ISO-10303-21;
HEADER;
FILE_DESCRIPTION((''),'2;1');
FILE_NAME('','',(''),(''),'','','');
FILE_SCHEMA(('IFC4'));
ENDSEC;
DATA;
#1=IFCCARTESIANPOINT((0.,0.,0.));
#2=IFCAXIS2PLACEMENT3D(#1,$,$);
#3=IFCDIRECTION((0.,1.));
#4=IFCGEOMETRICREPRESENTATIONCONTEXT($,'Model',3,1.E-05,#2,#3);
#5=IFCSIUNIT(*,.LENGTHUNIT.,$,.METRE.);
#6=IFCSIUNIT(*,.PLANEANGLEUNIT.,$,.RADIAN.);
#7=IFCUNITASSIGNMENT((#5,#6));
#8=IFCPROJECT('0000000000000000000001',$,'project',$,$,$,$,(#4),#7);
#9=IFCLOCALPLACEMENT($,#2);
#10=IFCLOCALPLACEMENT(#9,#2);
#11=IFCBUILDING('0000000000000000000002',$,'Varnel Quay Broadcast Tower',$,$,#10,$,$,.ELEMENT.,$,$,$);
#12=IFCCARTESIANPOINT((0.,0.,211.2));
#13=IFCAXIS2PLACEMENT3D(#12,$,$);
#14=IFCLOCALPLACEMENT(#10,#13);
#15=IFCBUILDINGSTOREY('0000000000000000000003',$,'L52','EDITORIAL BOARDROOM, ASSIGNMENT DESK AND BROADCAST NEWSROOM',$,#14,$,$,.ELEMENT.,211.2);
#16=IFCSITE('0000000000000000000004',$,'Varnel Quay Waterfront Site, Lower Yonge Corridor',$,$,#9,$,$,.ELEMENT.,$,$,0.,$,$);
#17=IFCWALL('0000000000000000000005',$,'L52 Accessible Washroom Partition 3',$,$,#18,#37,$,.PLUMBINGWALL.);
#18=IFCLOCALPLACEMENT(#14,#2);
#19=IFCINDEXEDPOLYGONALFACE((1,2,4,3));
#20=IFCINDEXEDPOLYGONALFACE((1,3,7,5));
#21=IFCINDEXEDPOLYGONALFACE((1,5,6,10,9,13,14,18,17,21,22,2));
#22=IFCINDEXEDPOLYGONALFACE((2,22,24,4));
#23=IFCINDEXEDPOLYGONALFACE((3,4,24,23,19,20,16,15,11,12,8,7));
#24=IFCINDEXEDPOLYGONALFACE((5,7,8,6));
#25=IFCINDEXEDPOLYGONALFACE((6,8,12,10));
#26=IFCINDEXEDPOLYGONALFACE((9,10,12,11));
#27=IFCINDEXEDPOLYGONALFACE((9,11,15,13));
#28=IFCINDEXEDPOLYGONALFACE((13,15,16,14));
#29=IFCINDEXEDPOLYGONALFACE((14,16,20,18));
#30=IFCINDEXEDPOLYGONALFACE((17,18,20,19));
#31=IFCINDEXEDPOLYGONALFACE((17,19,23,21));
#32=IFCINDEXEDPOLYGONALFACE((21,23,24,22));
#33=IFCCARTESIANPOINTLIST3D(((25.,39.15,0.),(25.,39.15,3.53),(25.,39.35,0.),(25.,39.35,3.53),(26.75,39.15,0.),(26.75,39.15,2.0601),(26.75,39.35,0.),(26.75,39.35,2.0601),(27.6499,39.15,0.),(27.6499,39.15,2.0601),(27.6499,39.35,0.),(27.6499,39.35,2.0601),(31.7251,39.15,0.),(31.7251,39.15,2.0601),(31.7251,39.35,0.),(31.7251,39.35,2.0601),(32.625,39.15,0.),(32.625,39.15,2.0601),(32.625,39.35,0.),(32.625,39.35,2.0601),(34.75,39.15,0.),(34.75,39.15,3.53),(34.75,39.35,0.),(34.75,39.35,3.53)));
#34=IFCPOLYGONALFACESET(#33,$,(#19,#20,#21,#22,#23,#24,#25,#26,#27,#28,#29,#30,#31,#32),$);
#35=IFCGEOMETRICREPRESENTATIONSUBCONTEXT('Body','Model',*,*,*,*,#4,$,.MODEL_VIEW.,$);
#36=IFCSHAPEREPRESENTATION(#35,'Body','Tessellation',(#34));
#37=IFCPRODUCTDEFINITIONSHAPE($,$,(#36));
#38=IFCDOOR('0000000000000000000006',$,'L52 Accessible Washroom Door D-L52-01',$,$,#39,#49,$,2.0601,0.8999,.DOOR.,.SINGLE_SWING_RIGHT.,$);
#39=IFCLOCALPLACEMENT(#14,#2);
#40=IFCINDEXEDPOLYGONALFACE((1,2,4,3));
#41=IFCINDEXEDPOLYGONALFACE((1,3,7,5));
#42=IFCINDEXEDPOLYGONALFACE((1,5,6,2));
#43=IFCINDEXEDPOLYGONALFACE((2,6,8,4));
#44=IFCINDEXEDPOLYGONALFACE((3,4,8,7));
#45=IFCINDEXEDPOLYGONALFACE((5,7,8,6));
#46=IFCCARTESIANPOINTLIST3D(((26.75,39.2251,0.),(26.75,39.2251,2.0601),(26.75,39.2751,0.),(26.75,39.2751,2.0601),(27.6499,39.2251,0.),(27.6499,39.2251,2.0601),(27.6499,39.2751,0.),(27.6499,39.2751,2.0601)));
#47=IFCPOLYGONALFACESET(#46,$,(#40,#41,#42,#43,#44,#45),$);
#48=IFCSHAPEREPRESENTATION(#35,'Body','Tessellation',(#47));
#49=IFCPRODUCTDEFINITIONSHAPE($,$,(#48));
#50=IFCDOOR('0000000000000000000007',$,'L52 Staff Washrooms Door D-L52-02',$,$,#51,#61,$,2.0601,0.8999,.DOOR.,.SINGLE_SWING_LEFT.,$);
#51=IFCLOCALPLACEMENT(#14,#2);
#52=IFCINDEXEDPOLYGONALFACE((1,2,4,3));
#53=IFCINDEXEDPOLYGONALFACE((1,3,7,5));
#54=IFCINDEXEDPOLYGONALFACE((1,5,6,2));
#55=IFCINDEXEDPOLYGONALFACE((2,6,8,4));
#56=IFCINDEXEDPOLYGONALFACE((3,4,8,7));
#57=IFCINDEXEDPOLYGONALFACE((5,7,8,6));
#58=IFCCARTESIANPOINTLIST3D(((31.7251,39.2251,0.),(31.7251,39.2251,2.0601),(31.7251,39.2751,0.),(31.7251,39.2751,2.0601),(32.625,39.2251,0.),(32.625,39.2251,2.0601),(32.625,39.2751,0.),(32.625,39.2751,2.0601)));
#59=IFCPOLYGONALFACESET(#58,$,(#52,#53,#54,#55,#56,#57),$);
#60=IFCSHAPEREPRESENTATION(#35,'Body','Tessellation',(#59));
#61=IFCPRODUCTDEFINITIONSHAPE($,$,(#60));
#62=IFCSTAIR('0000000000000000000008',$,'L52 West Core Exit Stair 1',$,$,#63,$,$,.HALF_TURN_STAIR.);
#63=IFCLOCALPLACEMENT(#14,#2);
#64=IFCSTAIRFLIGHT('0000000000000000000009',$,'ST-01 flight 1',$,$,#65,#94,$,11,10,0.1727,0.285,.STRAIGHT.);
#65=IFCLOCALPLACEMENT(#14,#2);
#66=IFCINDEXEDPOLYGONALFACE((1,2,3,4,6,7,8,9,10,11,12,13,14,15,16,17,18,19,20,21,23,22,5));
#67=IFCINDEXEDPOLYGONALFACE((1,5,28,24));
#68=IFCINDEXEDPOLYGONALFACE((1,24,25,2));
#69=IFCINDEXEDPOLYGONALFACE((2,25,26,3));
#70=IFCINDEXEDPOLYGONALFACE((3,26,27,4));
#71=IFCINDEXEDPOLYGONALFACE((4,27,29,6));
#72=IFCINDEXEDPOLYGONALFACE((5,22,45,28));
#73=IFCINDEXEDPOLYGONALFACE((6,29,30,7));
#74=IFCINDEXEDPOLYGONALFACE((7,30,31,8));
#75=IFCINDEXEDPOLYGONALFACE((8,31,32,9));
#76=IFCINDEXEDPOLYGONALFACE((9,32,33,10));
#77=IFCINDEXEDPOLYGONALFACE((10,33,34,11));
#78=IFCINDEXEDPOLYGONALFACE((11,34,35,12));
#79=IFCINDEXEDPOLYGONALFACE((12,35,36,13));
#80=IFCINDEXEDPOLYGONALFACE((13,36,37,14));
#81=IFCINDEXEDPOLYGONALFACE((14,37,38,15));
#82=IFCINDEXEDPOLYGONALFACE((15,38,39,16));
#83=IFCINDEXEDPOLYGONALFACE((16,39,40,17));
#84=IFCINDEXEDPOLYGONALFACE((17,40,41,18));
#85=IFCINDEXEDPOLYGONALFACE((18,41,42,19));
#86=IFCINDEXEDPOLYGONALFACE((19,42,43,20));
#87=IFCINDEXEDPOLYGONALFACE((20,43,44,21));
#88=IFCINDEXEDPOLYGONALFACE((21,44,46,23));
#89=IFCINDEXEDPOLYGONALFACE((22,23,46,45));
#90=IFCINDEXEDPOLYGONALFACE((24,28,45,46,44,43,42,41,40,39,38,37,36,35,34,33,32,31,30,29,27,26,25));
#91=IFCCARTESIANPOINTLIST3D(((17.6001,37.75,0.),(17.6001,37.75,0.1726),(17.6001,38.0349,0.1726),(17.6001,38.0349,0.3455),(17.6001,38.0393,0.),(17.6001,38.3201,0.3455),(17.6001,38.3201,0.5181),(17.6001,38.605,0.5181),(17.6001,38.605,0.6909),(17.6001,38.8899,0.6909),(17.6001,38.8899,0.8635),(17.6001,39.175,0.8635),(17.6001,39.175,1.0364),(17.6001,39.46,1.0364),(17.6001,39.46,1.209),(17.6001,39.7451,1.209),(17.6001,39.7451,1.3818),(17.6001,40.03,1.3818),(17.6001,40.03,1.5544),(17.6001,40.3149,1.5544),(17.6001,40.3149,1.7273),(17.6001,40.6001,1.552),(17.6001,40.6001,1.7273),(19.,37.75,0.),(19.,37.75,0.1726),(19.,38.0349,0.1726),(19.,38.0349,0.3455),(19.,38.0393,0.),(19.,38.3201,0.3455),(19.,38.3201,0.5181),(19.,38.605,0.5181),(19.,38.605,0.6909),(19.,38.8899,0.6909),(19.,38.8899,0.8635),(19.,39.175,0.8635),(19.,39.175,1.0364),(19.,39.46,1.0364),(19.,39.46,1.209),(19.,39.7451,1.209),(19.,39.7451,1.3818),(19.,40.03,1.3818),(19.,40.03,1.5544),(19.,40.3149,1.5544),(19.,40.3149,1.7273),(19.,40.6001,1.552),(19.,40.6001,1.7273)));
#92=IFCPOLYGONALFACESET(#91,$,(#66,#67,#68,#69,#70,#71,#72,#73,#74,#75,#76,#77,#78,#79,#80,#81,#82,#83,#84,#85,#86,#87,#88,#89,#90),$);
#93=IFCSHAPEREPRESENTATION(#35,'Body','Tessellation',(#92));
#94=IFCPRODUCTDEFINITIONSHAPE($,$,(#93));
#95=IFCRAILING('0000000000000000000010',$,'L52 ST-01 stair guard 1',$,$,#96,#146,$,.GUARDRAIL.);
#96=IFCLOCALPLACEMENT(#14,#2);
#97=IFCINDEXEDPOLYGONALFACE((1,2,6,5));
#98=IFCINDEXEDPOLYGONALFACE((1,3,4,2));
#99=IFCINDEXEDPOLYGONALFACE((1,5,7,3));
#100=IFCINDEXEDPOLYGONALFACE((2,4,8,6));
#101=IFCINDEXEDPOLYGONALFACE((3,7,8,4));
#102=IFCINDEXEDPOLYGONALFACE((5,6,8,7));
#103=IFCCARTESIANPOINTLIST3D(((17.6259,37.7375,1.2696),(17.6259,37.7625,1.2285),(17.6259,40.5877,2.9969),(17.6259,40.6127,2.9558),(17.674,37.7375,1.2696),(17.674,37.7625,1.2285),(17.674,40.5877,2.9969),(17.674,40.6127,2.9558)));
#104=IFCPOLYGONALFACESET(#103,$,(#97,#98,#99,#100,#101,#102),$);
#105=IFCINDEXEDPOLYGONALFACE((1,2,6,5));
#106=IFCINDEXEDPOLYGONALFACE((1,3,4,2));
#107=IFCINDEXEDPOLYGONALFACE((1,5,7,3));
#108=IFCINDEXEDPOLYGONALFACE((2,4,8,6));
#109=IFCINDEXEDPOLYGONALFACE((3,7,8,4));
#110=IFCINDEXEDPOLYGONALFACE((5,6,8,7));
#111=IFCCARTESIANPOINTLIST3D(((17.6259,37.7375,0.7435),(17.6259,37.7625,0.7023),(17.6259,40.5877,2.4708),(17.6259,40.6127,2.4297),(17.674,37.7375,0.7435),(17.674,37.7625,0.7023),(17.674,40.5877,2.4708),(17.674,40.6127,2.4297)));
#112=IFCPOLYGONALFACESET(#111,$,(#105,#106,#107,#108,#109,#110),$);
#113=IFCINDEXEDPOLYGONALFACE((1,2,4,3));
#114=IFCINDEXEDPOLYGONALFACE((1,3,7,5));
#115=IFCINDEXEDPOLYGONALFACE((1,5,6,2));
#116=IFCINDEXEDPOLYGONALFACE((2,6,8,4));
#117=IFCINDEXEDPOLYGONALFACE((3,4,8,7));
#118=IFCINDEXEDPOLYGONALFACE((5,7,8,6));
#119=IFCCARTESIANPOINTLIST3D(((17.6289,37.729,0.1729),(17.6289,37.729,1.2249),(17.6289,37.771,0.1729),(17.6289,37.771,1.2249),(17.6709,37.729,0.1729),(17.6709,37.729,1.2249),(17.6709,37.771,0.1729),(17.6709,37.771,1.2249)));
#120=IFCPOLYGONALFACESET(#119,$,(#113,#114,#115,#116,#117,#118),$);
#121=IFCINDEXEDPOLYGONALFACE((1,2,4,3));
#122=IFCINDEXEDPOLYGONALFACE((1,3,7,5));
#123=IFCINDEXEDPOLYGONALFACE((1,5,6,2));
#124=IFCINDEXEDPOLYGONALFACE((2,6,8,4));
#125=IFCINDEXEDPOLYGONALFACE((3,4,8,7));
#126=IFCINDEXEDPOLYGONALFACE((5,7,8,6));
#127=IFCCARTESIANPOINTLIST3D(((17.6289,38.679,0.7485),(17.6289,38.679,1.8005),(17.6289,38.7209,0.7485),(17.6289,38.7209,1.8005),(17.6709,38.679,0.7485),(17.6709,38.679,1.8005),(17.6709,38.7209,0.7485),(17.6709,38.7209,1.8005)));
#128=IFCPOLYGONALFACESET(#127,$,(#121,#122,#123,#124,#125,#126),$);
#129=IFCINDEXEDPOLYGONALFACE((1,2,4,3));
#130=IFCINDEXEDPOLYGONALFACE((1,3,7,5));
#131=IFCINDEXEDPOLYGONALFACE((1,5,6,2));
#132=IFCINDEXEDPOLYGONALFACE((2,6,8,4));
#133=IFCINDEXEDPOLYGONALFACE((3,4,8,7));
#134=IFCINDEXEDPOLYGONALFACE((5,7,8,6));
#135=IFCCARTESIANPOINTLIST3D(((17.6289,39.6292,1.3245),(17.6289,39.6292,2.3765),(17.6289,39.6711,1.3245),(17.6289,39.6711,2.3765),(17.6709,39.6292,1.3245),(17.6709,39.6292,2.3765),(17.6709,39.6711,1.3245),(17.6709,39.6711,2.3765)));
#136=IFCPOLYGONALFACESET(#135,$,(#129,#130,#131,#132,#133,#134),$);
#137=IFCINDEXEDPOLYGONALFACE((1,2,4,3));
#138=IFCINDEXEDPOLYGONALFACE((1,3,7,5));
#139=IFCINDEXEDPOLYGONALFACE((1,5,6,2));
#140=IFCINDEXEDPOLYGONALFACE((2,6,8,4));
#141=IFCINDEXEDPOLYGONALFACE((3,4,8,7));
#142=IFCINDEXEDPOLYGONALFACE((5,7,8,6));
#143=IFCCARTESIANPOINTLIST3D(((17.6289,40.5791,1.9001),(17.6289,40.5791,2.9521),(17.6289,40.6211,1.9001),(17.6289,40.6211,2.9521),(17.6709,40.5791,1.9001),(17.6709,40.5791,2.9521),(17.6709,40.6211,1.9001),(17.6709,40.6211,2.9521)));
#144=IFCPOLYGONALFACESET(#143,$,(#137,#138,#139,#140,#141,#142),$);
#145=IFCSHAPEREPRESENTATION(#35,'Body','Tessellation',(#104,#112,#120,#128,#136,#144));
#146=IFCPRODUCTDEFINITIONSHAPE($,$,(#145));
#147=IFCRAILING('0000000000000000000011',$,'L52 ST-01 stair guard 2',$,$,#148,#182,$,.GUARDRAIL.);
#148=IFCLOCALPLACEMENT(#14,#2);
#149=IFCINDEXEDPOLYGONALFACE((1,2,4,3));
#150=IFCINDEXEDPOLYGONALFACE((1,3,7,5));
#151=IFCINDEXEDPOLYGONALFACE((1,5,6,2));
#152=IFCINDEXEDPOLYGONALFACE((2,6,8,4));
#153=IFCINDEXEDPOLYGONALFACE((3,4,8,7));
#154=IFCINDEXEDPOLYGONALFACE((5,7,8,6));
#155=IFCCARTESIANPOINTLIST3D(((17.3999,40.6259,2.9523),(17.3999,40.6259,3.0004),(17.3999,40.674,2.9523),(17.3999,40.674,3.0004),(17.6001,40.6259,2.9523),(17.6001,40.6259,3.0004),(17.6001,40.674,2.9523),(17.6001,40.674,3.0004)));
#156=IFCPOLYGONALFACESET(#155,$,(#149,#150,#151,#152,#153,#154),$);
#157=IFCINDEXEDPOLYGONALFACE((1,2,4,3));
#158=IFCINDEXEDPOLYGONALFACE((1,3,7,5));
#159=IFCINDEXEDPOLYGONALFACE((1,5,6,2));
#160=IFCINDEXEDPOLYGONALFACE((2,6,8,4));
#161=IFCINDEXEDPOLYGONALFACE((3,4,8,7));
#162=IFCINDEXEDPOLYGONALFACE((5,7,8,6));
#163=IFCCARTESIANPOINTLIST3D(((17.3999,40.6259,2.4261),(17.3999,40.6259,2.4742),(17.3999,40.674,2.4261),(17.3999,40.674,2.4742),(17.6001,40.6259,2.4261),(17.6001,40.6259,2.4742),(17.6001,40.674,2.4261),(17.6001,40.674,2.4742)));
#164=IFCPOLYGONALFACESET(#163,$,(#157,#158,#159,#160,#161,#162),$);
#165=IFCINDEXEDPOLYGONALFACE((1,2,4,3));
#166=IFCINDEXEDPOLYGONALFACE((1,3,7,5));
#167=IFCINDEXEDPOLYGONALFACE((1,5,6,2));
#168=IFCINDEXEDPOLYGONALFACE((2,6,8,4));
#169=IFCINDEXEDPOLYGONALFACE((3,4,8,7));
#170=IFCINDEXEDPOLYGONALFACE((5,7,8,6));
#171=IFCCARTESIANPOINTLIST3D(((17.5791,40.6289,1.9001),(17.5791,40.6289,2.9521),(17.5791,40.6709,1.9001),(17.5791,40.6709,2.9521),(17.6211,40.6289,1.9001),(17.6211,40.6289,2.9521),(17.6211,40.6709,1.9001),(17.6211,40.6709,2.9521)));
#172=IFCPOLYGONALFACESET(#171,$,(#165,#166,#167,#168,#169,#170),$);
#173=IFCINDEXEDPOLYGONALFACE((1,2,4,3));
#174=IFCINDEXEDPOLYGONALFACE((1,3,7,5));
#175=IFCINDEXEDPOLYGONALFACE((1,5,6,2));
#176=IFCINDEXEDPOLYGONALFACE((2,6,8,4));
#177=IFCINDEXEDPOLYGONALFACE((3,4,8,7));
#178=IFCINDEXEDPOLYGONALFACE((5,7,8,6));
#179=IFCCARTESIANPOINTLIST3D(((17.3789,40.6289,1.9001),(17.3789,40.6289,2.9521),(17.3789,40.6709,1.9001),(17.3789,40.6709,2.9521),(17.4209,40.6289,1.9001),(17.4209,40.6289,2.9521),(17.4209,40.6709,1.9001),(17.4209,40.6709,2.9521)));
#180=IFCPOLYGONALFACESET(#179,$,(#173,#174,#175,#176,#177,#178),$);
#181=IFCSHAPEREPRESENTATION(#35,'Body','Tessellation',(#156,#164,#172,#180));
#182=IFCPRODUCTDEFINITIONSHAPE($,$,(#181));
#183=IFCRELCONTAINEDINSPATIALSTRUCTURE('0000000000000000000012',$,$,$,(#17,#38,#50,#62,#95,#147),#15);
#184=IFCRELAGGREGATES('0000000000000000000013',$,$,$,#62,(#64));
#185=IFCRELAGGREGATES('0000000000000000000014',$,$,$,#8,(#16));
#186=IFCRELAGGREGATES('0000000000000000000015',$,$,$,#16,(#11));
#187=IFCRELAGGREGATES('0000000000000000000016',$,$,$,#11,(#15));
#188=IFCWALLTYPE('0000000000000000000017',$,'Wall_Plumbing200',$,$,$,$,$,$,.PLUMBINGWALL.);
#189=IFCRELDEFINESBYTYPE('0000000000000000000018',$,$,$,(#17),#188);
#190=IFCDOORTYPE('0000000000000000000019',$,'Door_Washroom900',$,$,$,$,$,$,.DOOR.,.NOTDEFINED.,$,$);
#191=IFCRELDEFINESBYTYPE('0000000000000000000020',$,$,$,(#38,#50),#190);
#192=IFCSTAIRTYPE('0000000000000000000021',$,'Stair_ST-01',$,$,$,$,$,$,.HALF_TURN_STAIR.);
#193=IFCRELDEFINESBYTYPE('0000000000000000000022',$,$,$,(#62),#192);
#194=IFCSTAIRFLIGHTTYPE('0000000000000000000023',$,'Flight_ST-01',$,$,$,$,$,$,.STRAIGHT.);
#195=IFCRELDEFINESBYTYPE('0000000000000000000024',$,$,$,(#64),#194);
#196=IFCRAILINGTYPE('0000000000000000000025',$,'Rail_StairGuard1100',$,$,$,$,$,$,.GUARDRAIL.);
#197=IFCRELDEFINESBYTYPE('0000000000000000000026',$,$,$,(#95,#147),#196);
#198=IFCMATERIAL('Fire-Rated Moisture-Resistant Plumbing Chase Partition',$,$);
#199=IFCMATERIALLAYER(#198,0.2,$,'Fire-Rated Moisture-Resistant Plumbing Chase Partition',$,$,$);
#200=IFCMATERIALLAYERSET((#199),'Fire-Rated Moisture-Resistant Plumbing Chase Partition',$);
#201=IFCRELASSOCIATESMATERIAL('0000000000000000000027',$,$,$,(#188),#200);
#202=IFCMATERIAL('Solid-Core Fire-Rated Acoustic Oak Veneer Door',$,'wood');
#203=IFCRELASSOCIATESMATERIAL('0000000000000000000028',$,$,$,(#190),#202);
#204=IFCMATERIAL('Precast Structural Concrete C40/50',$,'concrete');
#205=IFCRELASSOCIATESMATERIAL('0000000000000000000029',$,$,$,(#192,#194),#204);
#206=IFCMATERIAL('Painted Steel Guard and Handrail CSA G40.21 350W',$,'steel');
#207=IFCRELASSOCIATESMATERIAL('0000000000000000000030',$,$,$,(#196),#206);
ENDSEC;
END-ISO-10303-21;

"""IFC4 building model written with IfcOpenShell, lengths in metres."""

from ifc_helpers import new_model, si_unit, direction, frame, frame_2d, origin, origin_2d, place, context, subcontext, project, spatial, polyline, rectangle, outline, extrude, source, transform, mapped, material, layer, layer_set, type_object, type_shapes, element, fill, aggregate, save


model = new_model("IFC4")

# Units and contexts
model_context = context("Model", 3, precision=1e-05, world=origin(), true_north=direction((0.0, 1.0)))
body_context = subcontext(model_context, "Body", "Model", "MODEL_VIEW")
ifc_project = project(units=[si_unit("LENGTHUNIT", "METRE"), si_unit("PLANEANGLEUNIT", "RADIAN")], contexts=[model_context])

# Site, building, storey
site_placement = place(None, origin())
site = spatial("IfcSite", under=ifc_project, at=site_placement, Name="Varnel Quay Waterfront Site, Lower Yonge Corridor", CompositionType="ELEMENT", RefElevation=0.0)
building_placement = place(site_placement, origin())
building = spatial("IfcBuilding", under=site, at=building_placement, Name="Varnel Quay Broadcast Tower", CompositionType="ELEMENT")
storey_placement = place(building_placement, frame((0.0, 0.0, 211.2)))
storey = spatial("IfcBuildingStorey", under=building, at=storey_placement, Name="L52", Description="EDITORIAL BOARDROOM, ASSIGNMENT DESK AND BROADCAST NEWSROOM", CompositionType="ELEMENT", Elevation=211.2)

# Wall, openings, doors
ifc_material_1 = material(Name="Solid-Core Fire-Rated Acoustic Oak Veneer Door", Category="wood")
ifc_material_2 = material(Name="Fire-Rated Moisture-Resistant Plumbing Chase Partition")
ifc_layer_1 = layer(ifc_material_2, 0.2, Name="Fire-Rated Moisture-Resistant Plumbing Chase Partition")
ifc_layer_set_1 = layer_set([ifc_layer_1], Name="Fire-Rated Moisture-Resistant Plumbing Chase Partition")
wall_type_1 = type_object("IfcWallType", Name="Wall_Plumbing200", PredefinedType="PLUMBINGWALL", material=ifc_layer_set_1)
wall_1_placement = place(storey_placement, frame((25.0, 39.25, 0.0), z_axis=(0.0, 0.0, 1.0), x_axis=(1.0, 0.0, 0.0)))
wall_1 = element("IfcWall", 1, at=wall_1_placement, inside=storey, type_object=wall_type_1, Name="L52 Accessible Washroom Partition 3", PredefinedType="PLUMBINGWALL", context=body_context, shape_type="SweptSolid", body=[
    extrude(rectangle(XDim=9.75, YDim=0.2, at=frame_2d((4.875, 0.0))), origin(), (0.0, 0.0, 1.0), 3.53),
])
opening_1_placement = place(wall_1_placement, frame((1.75, 0.0, 0.0)))
opening_1 = element("IfcOpeningElement", 2, at=opening_1_placement, cuts=wall_1, PredefinedType="OPENING", context=body_context, shape_type="SweptSolid", body=[
    extrude(rectangle(XDim=0.8999, YDim=2.0601, at=frame_2d((0.45, 1.03))), frame((0.0, 0.1099, 0.0), z_axis=(0.0, -1.0, 0.0), x_axis=(1.0, 0.0, 0.0)), (0.0, 0.0, 1.0), 0.22),
])
opening_2_placement = place(wall_1_placement, frame((6.7251, 0.0, 0.0)))
opening_2 = element("IfcOpeningElement", 3, at=opening_2_placement, cuts=wall_1, PredefinedType="OPENING", context=body_context, shape_type="SweptSolid", body=[
    extrude(rectangle(XDim=0.8999, YDim=2.0601, at=frame_2d((0.45, 1.03))), frame((0.0, 0.1099, 0.0), z_axis=(0.0, -1.0, 0.0), x_axis=(1.0, 0.0, 0.0)), (0.0, 0.0, 1.0), 0.22),
])
door_type_1 = type_object("IfcDoorType", Name="Door_Washroom900", OperationType="NOTDEFINED", PredefinedType="DOOR", material=ifc_material_1)
shared_shape_1 = source(origin(), body_context, "Body", "SweptSolid", [
    extrude(rectangle(XDim=0.8999, YDim=2.0601, at=frame_2d((0.45, 1.03))), frame((0.0, 0.0249, 0.0), z_axis=(0.0, -1.0, 0.0), x_axis=(1.0, 0.0, 0.0)), (0.0, 0.0, 1.0), 0.05),
])
type_shapes(door_type_1, [shared_shape_1])
door_1_placement = place(opening_1_placement, frame((0.8999, 0.0, 0.0), z_axis=(0.0, 0.0, 1.0), x_axis=(-1.0, 0.0, 0.0)))
door_1 = element("IfcDoor", 4, at=door_1_placement, inside=storey, type_object=door_type_1, Name="L52 Accessible Washroom Door D-L52-01", OperationType="SINGLE_SWING_RIGHT", OverallHeight=2.0601, OverallWidth=0.8999, PredefinedType="DOOR", context=body_context, shape_type="MappedRepresentation", body=[
    mapped(shared_shape_1, transform((0.0, 0.0, 0.0), x_axis=(1.0, 0.0, 0.0), y_axis=(0.0, 1.0, 0.0), z_axis=(0.0, 0.0, 1.0), scale=1.0)),
])
fill(opening_1, door_1)
door_2_placement = place(opening_2_placement, frame((0.8999, 0.0, 0.0), z_axis=(0.0, 0.0, 1.0), x_axis=(-1.0, 0.0, 0.0)))
door_2 = element("IfcDoor", 5, at=door_2_placement, inside=storey, type_object=door_type_1, Name="L52 Staff Washrooms Door D-L52-02", OperationType="SINGLE_SWING_LEFT", OverallHeight=2.0601, OverallWidth=0.8999, PredefinedType="DOOR", context=body_context, shape_type="MappedRepresentation", body=[
    mapped(shared_shape_1, transform((0.0, 0.0, 0.0), x_axis=(1.0, 0.0, 0.0), y_axis=(0.0, 1.0, 0.0), z_axis=(0.0, 0.0, 1.0), scale=1.0)),
])
fill(opening_2, door_2)

# Stair, stair flight
ifc_material_3 = material(Name="Precast Structural Concrete C40/50", Category="concrete")
stair_type = type_object("IfcStairType", Name="Stair_ST-01", PredefinedType="HALF_TURN_STAIR", material=ifc_material_3)
stair_placement = place(storey_placement, origin())
stair = element("IfcStair", 6, at=stair_placement, inside=storey, type_object=stair_type, Name="L52 West Core Exit Stair 1", PredefinedType="HALF_TURN_STAIR")
stair_flight_type = type_object("IfcStairFlightType", Name="Flight_ST-01", PredefinedType="STRAIGHT", material=ifc_material_3)
stair_flight_placement = place(storey_placement, frame((18.3, 37.75, 0.0), z_axis=(0.0, 0.0, 1.0), x_axis=(0.0, 1.0, 0.0)))
stair_flight = element("IfcStairFlight", 7, at=stair_flight_placement, type_object=stair_flight_type, Name="ST-01 flight 1", NumberOfRisers=11, NumberOfTreads=10, PredefinedType="STRAIGHT", RiserHeight=0.1727, TreadLength=0.285, context=body_context, shape_type="SweptSolid", body=[
    extrude(outline(polyline([(0.0, 0.0), (0.0, 0.1726), (0.2849, 0.1726), (0.2849, 0.3455), (0.5701, 0.3455), (0.5701, 0.5181), (0.855, 0.5181), (0.855, 0.6909), (1.1399, 0.6909), (1.1399, 0.8635), (1.425, 0.8635), (1.425, 1.0364), (1.71, 1.0364), (1.71, 1.209), (1.9951, 1.209), (1.9951, 1.3818), (2.28, 1.3818), (2.28, 1.5544), (2.5649, 1.5544), (2.5649, 1.7273), (2.8501, 1.7273), (2.8501, 1.8999), (2.8501, 1.552), (0.2893, 0.0), (0.0, 0.0)])), frame((0.0, 0.7, 0.0), z_axis=(0.0, -1.0, 0.0), x_axis=(1.0, 0.0, 0.0)), (0.0, 0.0, 1.0), 1.3999),
])
aggregate(stair, [stair_flight])

# Railings
ifc_material_4 = material(Name="Painted Steel Guard and Handrail CSA G40.21 350W", Category="steel")
railing_type_1 = type_object("IfcRailingType", Name="Rail_StairGuard1100", PredefinedType="GUARDRAIL", material=ifc_material_4)
railing_1_placement = place(storey_placement, frame((17.6499, 37.75, 0.1729)))
element("IfcRailing", 8, at=railing_1_placement, inside=storey, type_object=railing_type_1, Name="L52 ST-01 stair guard 1", PredefinedType="GUARDRAIL", context=body_context, shape_type="SweptSolid", body=[
    extrude(rectangle(XDim=0.0481, YDim=0.0481, at=origin_2d()), frame((0.0, 0.0, 1.0762), z_axis=(0.0, 0.855203, 0.518294), x_axis=(-1.0, 0.0, 0.0)), (0.0, 0.0, 1.0), 3.3328),
    extrude(rectangle(XDim=0.0481, YDim=0.0481, at=origin_2d()), frame((0.0, 0.0, 0.55), z_axis=(0.0, 0.855203, 0.518294), x_axis=(-1.0, 0.0, 0.0)), (0.0, 0.0, 1.0), 3.3328),
    extrude(rectangle(XDim=0.042, YDim=0.042, at=origin_2d()), origin(), (0.0, 0.0, 1.0), 1.052),
    extrude(rectangle(XDim=0.042, YDim=0.042, at=origin_2d()), frame((0.0, 0.95, 0.5757)), (0.0, 0.0, 1.0), 1.052),
    extrude(rectangle(XDim=0.042, YDim=0.042, at=origin_2d()), frame((0.0, 1.9001, 1.1516)), (0.0, 0.0, 1.0), 1.052),
    extrude(rectangle(XDim=0.042, YDim=0.042, at=origin_2d()), frame((0.0, 2.8501, 1.7273)), (0.0, 0.0, 1.0), 1.052),
])
railing_2_placement = place(storey_placement, frame((17.6001, 40.6499, 1.9001)))
element("IfcRailing", 9, at=railing_2_placement, inside=storey, type_object=railing_type_1, Name="L52 ST-01 stair guard 2", PredefinedType="GUARDRAIL", context=body_context, shape_type="SweptSolid", body=[
    extrude(rectangle(XDim=0.0481, YDim=0.0481, at=origin_2d()), frame((0.0, 0.0, 1.0762), z_axis=(-1.0, 0.0, 0.0), x_axis=(0.0, -1.0, 0.0)), (0.0, 0.0, 1.0), 0.2002),
    extrude(rectangle(XDim=0.0481, YDim=0.0481, at=origin_2d()), frame((0.0, 0.0, 0.55), z_axis=(-1.0, 0.0, 0.0), x_axis=(0.0, -1.0, 0.0)), (0.0, 0.0, 1.0), 0.2002),
    extrude(rectangle(XDim=0.042, YDim=0.042, at=origin_2d()), origin(), (0.0, 0.0, 1.0), 1.052),
    extrude(rectangle(XDim=0.042, YDim=0.042, at=origin_2d()), frame((-0.2002, 0.0, 0.0)), (0.0, 0.0, 1.0), 1.052),
])

save(model, "model.ifc")
